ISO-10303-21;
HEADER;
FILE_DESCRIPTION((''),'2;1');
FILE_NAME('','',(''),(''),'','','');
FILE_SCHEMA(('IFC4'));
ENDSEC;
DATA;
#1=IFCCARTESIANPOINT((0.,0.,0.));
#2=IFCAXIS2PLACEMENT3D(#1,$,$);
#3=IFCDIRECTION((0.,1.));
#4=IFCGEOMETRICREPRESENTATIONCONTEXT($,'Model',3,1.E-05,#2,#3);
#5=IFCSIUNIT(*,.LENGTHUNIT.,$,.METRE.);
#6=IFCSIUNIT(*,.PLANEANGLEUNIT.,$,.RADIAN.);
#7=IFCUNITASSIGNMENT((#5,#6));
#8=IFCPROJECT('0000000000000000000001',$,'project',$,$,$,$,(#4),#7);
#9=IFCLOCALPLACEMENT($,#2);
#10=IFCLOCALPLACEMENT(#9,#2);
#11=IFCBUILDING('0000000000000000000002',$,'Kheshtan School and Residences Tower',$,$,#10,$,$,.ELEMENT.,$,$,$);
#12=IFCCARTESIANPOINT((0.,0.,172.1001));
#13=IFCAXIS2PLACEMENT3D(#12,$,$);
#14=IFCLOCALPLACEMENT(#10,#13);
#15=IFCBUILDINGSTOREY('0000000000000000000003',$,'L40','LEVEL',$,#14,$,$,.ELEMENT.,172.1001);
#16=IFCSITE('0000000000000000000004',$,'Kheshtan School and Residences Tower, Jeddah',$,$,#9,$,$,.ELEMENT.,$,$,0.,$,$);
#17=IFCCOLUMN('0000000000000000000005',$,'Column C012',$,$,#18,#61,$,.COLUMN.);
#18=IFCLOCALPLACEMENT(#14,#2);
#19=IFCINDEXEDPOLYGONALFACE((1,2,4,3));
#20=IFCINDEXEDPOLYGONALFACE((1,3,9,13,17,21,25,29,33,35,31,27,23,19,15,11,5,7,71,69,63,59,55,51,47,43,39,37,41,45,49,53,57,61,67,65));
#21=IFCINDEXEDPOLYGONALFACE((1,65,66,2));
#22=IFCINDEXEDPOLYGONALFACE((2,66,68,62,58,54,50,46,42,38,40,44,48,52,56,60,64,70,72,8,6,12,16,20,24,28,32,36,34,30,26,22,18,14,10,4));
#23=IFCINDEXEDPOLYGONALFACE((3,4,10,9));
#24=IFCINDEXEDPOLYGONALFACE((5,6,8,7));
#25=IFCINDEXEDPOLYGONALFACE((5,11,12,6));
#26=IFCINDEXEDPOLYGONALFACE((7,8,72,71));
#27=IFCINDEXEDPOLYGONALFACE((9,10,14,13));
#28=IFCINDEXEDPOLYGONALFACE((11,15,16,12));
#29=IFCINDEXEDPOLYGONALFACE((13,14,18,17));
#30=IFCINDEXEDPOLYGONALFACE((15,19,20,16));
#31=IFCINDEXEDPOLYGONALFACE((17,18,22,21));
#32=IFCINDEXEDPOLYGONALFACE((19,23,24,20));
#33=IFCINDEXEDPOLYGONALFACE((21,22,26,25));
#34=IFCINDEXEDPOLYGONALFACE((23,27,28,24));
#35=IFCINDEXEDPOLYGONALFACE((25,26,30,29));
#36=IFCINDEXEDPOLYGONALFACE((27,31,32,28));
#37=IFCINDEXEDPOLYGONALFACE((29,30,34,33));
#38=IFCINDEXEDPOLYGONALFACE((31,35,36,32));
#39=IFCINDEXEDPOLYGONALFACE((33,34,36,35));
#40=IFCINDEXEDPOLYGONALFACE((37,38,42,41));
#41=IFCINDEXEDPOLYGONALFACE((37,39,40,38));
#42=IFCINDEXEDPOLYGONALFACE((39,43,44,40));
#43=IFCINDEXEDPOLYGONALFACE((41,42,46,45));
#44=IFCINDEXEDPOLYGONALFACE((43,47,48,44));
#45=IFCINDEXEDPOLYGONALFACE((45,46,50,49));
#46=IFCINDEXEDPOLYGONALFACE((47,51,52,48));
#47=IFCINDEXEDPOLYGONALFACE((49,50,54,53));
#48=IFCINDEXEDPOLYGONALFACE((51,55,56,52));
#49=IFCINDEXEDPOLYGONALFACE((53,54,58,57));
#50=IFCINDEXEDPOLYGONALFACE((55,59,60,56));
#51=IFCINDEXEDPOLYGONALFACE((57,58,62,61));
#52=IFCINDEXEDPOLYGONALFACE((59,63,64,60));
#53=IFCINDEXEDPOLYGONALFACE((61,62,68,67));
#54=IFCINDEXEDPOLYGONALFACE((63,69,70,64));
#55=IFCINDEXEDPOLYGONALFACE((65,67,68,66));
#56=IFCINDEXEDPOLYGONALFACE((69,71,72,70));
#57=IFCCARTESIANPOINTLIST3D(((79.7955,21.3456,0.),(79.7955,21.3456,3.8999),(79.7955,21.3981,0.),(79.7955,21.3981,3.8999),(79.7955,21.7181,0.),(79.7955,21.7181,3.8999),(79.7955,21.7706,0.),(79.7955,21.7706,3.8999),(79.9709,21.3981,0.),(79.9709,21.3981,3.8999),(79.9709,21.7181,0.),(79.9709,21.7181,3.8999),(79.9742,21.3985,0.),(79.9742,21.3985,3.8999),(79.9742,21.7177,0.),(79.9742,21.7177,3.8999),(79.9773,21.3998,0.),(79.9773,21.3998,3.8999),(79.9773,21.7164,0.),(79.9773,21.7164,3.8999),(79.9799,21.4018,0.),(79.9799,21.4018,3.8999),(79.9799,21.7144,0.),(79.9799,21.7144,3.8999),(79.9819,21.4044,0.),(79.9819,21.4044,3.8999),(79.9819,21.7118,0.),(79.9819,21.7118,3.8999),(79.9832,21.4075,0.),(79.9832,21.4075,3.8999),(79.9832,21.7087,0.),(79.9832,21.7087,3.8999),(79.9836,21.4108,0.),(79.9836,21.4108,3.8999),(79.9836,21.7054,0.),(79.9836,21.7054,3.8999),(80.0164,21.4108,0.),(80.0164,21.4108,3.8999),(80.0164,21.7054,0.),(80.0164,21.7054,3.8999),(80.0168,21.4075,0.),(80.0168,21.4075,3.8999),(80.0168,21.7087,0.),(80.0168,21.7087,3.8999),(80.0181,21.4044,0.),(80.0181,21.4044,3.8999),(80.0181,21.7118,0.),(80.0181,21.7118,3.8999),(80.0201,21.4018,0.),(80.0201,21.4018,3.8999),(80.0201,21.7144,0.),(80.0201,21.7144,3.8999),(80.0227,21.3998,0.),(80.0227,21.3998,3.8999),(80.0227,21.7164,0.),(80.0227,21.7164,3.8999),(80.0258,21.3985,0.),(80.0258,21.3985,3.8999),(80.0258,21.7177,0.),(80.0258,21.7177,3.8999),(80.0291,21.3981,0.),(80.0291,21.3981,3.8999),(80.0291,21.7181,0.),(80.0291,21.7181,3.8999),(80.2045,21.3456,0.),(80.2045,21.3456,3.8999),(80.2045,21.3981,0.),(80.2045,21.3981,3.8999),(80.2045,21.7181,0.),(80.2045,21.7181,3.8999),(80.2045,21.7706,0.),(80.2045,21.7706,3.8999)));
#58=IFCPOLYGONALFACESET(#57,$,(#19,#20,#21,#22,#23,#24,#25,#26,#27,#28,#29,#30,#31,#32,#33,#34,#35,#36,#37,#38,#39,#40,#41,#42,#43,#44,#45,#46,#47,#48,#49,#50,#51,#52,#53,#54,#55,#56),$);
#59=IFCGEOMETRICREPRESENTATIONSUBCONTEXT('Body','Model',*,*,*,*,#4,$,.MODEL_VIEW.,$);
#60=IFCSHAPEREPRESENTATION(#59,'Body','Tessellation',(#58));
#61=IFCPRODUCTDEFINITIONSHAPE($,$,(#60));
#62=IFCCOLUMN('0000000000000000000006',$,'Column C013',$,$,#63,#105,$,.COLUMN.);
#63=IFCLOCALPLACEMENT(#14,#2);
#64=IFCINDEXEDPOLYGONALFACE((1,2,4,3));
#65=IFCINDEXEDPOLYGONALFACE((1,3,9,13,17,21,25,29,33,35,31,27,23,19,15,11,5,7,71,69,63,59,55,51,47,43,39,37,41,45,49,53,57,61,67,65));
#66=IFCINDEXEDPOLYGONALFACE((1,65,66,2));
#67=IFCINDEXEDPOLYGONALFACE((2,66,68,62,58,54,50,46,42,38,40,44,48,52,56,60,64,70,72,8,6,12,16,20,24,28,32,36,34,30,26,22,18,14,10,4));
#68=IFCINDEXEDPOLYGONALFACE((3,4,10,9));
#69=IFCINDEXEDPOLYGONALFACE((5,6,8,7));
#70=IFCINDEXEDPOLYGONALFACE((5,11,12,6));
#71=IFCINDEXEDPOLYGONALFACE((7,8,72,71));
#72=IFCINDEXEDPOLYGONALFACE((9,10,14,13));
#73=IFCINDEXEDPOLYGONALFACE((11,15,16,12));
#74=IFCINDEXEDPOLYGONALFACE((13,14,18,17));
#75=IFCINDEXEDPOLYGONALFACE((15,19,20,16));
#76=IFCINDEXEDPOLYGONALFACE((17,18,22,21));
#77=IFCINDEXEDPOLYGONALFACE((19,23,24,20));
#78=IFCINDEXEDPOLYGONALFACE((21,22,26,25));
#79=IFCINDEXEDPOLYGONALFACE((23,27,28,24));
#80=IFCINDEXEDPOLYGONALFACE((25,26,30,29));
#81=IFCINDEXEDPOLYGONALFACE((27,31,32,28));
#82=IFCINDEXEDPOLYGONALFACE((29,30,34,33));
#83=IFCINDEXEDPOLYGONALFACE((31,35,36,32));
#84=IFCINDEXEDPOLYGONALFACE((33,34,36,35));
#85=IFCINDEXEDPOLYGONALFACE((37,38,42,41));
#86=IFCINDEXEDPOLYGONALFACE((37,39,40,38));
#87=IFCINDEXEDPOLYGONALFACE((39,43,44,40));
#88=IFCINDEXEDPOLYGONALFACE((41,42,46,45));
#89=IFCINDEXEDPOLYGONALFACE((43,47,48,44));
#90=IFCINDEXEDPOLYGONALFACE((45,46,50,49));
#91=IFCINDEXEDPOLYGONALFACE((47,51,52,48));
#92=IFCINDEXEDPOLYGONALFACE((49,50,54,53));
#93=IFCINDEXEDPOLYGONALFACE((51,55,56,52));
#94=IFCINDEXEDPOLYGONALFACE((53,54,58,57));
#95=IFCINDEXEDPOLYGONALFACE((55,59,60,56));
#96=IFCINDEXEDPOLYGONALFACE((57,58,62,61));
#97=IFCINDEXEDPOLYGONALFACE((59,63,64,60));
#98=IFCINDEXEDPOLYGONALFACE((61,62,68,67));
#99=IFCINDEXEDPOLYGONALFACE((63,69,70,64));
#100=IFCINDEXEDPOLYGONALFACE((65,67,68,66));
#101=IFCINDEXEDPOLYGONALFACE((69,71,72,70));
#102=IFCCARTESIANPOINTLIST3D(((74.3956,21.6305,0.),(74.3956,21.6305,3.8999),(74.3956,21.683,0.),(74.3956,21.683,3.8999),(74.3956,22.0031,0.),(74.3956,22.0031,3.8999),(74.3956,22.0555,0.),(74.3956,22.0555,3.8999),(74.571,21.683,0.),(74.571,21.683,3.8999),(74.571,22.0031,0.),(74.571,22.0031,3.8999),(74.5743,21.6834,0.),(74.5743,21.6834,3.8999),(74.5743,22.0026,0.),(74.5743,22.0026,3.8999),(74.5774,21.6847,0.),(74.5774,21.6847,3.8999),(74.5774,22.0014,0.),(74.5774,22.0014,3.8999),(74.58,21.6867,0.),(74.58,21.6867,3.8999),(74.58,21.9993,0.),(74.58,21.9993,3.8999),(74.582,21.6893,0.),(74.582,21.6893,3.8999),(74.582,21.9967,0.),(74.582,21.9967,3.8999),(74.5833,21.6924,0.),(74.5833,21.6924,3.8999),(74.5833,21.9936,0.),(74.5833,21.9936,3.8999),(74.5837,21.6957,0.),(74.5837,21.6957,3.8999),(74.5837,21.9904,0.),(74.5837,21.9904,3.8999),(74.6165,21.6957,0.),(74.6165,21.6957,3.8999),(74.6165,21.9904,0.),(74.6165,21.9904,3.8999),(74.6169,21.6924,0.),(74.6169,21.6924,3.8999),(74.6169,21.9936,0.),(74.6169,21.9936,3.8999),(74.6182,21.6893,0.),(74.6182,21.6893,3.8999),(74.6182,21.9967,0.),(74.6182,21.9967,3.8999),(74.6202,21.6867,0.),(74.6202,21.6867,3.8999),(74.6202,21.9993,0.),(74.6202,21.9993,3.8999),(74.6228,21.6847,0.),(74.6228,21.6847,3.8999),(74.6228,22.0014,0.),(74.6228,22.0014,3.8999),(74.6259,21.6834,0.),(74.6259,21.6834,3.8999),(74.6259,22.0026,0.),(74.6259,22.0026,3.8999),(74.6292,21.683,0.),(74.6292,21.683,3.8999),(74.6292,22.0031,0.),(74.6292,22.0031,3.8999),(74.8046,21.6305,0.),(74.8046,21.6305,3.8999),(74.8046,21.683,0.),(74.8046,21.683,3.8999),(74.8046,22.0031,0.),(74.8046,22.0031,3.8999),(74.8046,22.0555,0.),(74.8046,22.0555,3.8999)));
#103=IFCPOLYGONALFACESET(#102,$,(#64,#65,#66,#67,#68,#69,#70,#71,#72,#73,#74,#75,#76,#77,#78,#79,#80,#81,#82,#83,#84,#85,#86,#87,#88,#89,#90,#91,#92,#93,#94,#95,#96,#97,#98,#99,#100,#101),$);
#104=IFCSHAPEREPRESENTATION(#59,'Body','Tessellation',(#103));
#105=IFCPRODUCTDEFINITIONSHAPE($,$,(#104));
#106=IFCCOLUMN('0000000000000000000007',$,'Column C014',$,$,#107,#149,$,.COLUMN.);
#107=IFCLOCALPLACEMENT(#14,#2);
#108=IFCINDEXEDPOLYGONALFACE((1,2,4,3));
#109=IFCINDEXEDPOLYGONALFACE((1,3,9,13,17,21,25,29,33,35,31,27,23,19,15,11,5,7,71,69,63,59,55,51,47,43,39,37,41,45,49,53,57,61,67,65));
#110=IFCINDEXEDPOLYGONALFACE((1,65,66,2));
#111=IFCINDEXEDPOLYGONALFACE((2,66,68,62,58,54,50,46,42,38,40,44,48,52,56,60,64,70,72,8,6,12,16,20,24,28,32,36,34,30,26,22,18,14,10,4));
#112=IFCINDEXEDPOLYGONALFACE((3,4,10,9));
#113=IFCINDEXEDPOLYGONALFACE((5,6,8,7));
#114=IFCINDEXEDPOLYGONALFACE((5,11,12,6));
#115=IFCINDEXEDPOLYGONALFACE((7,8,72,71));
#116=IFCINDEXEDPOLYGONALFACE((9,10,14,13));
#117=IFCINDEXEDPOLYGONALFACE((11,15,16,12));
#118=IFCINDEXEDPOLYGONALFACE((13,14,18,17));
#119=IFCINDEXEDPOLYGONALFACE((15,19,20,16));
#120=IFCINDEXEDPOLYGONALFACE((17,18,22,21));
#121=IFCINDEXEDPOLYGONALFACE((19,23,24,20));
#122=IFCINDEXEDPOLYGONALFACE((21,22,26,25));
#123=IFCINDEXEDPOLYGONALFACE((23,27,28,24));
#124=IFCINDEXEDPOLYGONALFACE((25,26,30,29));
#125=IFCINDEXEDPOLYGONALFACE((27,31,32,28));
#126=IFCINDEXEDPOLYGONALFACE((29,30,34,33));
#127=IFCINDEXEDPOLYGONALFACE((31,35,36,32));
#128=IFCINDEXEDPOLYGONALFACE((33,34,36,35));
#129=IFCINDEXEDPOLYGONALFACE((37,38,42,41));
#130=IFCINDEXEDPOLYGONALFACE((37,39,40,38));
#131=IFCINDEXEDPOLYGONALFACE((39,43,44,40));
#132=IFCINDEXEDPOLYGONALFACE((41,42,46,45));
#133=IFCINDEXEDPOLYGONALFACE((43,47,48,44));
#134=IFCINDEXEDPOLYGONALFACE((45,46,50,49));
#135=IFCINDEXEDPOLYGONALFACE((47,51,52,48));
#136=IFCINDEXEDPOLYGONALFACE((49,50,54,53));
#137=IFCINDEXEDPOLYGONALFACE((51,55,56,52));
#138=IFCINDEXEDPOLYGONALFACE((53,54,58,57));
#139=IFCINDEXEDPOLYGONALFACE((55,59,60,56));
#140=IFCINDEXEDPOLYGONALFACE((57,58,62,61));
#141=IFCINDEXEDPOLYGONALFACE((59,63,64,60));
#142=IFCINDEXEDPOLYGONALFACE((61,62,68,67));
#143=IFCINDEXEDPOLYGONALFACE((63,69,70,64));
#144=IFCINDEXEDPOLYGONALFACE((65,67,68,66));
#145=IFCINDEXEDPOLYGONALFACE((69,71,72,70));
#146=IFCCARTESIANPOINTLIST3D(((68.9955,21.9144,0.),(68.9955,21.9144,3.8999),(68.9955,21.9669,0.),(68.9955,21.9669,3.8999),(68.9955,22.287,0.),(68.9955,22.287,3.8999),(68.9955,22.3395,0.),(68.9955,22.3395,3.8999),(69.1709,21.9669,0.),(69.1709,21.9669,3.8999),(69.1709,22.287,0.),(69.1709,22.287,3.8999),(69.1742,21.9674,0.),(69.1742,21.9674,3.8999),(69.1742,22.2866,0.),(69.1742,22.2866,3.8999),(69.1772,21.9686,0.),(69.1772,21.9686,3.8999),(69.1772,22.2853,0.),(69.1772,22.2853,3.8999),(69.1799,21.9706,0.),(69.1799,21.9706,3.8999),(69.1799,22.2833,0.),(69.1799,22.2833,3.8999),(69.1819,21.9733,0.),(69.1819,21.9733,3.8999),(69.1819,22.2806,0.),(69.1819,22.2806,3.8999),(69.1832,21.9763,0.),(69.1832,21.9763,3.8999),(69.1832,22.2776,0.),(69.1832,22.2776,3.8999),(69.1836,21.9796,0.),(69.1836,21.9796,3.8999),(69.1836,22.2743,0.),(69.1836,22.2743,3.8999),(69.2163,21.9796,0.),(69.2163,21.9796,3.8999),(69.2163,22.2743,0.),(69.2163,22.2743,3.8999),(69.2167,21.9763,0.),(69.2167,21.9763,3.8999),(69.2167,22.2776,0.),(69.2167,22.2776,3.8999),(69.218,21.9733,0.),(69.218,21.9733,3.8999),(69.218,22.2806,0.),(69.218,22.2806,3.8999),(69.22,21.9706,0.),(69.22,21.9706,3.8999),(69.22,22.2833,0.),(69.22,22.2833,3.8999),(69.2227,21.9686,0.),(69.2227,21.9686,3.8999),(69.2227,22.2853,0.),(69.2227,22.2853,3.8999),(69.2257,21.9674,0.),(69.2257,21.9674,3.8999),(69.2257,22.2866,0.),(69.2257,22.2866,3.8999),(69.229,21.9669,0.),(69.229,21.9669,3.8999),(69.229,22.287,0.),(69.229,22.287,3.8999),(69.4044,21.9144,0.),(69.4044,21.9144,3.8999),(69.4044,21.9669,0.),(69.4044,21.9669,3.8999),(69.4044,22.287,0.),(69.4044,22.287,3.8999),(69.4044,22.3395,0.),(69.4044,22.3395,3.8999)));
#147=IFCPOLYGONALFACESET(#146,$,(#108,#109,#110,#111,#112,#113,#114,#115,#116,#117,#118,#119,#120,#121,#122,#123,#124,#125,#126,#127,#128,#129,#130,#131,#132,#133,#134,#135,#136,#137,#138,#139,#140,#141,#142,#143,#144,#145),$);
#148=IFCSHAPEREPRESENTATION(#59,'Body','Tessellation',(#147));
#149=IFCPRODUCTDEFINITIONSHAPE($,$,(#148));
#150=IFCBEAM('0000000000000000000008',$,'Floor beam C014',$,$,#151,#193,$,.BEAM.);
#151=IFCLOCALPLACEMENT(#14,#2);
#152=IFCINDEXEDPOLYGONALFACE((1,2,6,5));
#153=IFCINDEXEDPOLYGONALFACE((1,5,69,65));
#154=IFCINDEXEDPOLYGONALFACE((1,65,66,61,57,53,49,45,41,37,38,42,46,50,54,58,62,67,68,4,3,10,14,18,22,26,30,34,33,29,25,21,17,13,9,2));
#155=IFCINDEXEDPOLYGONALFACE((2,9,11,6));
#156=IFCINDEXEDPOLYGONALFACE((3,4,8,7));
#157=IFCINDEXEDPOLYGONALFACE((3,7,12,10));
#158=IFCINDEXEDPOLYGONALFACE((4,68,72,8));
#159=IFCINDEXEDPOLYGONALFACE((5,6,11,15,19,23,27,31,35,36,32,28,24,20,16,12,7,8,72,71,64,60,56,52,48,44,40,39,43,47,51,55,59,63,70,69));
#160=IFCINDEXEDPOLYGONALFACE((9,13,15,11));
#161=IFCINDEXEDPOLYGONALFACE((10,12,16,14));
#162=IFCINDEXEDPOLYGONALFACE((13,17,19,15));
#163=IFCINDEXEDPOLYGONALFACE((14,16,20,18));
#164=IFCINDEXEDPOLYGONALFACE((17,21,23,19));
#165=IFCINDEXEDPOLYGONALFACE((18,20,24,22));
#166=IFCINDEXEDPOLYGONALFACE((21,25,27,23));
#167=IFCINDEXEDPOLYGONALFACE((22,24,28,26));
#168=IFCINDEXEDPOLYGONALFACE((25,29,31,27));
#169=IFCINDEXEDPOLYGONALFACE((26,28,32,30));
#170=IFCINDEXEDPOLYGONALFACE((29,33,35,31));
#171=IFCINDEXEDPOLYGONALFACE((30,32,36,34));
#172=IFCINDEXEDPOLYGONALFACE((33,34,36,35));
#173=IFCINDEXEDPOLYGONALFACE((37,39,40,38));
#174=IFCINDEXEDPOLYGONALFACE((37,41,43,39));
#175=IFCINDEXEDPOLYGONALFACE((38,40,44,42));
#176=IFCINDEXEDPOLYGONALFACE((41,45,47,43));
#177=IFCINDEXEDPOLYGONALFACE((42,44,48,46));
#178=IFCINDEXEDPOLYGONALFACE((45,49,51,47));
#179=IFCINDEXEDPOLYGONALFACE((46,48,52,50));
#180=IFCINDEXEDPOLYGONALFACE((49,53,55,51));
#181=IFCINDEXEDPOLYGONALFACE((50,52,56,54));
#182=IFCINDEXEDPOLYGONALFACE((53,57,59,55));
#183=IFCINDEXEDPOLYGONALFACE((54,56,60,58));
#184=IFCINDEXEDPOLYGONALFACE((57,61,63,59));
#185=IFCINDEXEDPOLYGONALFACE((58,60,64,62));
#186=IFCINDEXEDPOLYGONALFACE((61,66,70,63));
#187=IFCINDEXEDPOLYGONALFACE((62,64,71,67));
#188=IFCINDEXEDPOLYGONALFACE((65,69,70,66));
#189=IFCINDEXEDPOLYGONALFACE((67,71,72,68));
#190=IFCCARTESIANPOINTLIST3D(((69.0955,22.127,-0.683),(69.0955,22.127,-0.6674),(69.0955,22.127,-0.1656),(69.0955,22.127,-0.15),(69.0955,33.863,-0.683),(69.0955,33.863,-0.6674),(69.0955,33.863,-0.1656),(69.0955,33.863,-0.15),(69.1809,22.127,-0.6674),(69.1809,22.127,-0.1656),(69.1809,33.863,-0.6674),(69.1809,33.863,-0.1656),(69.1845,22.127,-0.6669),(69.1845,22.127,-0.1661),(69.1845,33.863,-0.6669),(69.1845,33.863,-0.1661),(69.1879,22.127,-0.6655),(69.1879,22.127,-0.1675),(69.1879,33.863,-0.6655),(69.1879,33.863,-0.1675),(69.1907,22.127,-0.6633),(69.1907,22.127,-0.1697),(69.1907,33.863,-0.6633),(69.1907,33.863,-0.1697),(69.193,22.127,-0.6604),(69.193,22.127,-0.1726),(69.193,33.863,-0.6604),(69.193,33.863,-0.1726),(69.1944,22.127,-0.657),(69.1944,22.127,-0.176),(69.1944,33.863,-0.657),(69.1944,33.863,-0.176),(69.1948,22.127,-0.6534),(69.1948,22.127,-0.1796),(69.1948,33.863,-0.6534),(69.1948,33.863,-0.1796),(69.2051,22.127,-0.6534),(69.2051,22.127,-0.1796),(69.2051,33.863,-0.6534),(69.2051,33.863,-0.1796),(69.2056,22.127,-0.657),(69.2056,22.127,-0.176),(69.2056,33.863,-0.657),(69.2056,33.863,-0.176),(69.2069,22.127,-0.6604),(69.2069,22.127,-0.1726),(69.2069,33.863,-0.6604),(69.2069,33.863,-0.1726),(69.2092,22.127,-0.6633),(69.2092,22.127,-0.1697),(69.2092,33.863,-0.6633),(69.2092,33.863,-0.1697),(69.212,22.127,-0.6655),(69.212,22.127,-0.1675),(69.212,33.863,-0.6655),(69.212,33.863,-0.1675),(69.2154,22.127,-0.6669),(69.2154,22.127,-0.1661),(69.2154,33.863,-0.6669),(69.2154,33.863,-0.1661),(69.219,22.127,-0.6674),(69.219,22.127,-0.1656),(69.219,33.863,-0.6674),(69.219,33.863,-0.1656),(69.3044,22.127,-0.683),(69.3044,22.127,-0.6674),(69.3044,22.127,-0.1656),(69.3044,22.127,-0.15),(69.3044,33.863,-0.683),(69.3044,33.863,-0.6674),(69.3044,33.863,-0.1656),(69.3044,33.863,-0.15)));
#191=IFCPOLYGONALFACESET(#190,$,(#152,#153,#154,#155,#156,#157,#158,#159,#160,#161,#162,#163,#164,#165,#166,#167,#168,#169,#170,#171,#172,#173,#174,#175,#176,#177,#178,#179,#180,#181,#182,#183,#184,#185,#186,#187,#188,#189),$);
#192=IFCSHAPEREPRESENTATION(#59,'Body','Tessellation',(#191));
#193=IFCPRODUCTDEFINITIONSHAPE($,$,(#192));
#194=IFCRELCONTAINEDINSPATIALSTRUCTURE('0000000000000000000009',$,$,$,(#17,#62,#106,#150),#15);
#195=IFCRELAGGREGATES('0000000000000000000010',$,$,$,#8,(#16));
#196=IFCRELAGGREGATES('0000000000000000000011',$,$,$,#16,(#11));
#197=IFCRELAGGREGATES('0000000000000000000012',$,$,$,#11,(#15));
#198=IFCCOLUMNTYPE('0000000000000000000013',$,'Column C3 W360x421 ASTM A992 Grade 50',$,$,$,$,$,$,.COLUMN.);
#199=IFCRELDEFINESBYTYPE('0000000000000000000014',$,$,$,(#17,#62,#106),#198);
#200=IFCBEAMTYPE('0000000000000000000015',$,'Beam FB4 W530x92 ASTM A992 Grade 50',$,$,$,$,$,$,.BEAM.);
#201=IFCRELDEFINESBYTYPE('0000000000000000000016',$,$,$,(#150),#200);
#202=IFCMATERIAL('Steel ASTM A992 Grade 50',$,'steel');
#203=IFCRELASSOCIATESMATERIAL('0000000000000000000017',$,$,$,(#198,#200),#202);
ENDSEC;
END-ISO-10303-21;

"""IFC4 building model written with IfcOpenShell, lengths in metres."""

from ifc_helpers import new_model, si_unit, direction, frame, origin, origin_2d, place, context, subcontext, project, spatial, i_section, extrude, material, material_profile, profile_set, type_object, element, save


model = new_model("IFC4")

# Units and contexts
model_context = context("Model", 3, precision=1e-05, world=origin(), true_north=direction((0.0, 1.0)))
body_context = subcontext(model_context, "Body", "Model", "MODEL_VIEW")
ifc_project = project(units=[si_unit("LENGTHUNIT", "METRE"), si_unit("PLANEANGLEUNIT", "RADIAN")], contexts=[model_context])

# Site, building, storey
site_placement = place(None, origin())
site = spatial("IfcSite", under=ifc_project, at=site_placement, Name="Kheshtan School and Residences Tower, Jeddah", CompositionType="ELEMENT", RefElevation=0.0)
building_placement = place(site_placement, origin())
building = spatial("IfcBuilding", under=site, at=building_placement, Name="Kheshtan School and Residences Tower", CompositionType="ELEMENT")
storey_placement = place(building_placement, frame((0.0, 0.0, 172.1001)))
storey = spatial("IfcBuildingStorey", under=building, at=storey_placement, Name="L40", Description="LEVEL", CompositionType="ELEMENT", Elevation=172.1001)

# Columns
ifc_material_1 = material(Name="Steel ASTM A992 Grade 50", Category="steel")
ifc_material_profile_1 = material_profile(ifc_material_1, i_section(OverallWidth=0.4089, OverallDepth=0.425, WebThickness=0.0327, FlangeThickness=0.0525, FilletRadius=0.0127, at=origin_2d()), Name="W360x421")
ifc_profile_set_1 = profile_set([ifc_material_profile_1], Name="Steel ASTM A992 Grade 50")
column_type = type_object("IfcColumnType", Name="Column C3 W360x421 ASTM A992 Grade 50", PredefinedType="COLUMN", material=ifc_profile_set_1)
for number, where, z_axis, x_axis, name in (
    (1, (80.0, 21.5581, 0.0), (0.0, 0.0, 1.0), (1.0, 0.0, 0.0), "Column C012"),
    (2, (74.6001, 21.843, 0.0), (0.0, 0.0, 1.0), (1.0, 0.0, 0.0), "Column C013"),
    (3, (69.2, 22.127, 0.0), (0.0, 0.0, 1.0), (1.0, 0.0, 0.0), "Column C014"),
):
    element("IfcColumn", number, at=place(storey_placement, frame(where, z_axis=z_axis, x_axis=x_axis)), inside=storey, type_object=column_type, Name=name, PredefinedType="COLUMN", context=body_context, shape_type="SweptSolid", body=[
        extrude(i_section(OverallWidth=0.4089, OverallDepth=0.425, WebThickness=0.0327, FlangeThickness=0.0525, FilletRadius=0.0127, at=origin_2d()), origin(), (0.0, 0.0, 1.0), 3.8999),
    ])

# Beam
ifc_material_profile_2 = material_profile(ifc_material_1, i_section(OverallWidth=0.209, OverallDepth=0.533, WebThickness=0.0103, FlangeThickness=0.0156, FilletRadius=0.0139, at=origin_2d()), Name="W530x92")
ifc_profile_set_2 = profile_set([ifc_material_profile_2], Name="Steel ASTM A992 Grade 50")
beam_type_1 = type_object("IfcBeamType", Name="Beam FB4 W530x92 ASTM A992 Grade 50", PredefinedType="BEAM", material=ifc_profile_set_2)
beam_1_placement = place(storey_placement, frame((69.2, 22.127, -0.4165), z_axis=(0.0, 1.0, 0.0), x_axis=(-1.0, 0.0, 0.0)))
element("IfcBeam", 4, at=beam_1_placement, inside=storey, type_object=beam_type_1, Name="Floor beam C014", PredefinedType="BEAM", context=body_context, shape_type="SweptSolid", body=[
    extrude(i_section(OverallWidth=0.209, OverallDepth=0.533, WebThickness=0.0103, FlangeThickness=0.0156, FilletRadius=0.0139, at=origin_2d()), origin(), (0.0, 0.0, 1.0), 11.7361),
])

save(model, "model.ifc")
